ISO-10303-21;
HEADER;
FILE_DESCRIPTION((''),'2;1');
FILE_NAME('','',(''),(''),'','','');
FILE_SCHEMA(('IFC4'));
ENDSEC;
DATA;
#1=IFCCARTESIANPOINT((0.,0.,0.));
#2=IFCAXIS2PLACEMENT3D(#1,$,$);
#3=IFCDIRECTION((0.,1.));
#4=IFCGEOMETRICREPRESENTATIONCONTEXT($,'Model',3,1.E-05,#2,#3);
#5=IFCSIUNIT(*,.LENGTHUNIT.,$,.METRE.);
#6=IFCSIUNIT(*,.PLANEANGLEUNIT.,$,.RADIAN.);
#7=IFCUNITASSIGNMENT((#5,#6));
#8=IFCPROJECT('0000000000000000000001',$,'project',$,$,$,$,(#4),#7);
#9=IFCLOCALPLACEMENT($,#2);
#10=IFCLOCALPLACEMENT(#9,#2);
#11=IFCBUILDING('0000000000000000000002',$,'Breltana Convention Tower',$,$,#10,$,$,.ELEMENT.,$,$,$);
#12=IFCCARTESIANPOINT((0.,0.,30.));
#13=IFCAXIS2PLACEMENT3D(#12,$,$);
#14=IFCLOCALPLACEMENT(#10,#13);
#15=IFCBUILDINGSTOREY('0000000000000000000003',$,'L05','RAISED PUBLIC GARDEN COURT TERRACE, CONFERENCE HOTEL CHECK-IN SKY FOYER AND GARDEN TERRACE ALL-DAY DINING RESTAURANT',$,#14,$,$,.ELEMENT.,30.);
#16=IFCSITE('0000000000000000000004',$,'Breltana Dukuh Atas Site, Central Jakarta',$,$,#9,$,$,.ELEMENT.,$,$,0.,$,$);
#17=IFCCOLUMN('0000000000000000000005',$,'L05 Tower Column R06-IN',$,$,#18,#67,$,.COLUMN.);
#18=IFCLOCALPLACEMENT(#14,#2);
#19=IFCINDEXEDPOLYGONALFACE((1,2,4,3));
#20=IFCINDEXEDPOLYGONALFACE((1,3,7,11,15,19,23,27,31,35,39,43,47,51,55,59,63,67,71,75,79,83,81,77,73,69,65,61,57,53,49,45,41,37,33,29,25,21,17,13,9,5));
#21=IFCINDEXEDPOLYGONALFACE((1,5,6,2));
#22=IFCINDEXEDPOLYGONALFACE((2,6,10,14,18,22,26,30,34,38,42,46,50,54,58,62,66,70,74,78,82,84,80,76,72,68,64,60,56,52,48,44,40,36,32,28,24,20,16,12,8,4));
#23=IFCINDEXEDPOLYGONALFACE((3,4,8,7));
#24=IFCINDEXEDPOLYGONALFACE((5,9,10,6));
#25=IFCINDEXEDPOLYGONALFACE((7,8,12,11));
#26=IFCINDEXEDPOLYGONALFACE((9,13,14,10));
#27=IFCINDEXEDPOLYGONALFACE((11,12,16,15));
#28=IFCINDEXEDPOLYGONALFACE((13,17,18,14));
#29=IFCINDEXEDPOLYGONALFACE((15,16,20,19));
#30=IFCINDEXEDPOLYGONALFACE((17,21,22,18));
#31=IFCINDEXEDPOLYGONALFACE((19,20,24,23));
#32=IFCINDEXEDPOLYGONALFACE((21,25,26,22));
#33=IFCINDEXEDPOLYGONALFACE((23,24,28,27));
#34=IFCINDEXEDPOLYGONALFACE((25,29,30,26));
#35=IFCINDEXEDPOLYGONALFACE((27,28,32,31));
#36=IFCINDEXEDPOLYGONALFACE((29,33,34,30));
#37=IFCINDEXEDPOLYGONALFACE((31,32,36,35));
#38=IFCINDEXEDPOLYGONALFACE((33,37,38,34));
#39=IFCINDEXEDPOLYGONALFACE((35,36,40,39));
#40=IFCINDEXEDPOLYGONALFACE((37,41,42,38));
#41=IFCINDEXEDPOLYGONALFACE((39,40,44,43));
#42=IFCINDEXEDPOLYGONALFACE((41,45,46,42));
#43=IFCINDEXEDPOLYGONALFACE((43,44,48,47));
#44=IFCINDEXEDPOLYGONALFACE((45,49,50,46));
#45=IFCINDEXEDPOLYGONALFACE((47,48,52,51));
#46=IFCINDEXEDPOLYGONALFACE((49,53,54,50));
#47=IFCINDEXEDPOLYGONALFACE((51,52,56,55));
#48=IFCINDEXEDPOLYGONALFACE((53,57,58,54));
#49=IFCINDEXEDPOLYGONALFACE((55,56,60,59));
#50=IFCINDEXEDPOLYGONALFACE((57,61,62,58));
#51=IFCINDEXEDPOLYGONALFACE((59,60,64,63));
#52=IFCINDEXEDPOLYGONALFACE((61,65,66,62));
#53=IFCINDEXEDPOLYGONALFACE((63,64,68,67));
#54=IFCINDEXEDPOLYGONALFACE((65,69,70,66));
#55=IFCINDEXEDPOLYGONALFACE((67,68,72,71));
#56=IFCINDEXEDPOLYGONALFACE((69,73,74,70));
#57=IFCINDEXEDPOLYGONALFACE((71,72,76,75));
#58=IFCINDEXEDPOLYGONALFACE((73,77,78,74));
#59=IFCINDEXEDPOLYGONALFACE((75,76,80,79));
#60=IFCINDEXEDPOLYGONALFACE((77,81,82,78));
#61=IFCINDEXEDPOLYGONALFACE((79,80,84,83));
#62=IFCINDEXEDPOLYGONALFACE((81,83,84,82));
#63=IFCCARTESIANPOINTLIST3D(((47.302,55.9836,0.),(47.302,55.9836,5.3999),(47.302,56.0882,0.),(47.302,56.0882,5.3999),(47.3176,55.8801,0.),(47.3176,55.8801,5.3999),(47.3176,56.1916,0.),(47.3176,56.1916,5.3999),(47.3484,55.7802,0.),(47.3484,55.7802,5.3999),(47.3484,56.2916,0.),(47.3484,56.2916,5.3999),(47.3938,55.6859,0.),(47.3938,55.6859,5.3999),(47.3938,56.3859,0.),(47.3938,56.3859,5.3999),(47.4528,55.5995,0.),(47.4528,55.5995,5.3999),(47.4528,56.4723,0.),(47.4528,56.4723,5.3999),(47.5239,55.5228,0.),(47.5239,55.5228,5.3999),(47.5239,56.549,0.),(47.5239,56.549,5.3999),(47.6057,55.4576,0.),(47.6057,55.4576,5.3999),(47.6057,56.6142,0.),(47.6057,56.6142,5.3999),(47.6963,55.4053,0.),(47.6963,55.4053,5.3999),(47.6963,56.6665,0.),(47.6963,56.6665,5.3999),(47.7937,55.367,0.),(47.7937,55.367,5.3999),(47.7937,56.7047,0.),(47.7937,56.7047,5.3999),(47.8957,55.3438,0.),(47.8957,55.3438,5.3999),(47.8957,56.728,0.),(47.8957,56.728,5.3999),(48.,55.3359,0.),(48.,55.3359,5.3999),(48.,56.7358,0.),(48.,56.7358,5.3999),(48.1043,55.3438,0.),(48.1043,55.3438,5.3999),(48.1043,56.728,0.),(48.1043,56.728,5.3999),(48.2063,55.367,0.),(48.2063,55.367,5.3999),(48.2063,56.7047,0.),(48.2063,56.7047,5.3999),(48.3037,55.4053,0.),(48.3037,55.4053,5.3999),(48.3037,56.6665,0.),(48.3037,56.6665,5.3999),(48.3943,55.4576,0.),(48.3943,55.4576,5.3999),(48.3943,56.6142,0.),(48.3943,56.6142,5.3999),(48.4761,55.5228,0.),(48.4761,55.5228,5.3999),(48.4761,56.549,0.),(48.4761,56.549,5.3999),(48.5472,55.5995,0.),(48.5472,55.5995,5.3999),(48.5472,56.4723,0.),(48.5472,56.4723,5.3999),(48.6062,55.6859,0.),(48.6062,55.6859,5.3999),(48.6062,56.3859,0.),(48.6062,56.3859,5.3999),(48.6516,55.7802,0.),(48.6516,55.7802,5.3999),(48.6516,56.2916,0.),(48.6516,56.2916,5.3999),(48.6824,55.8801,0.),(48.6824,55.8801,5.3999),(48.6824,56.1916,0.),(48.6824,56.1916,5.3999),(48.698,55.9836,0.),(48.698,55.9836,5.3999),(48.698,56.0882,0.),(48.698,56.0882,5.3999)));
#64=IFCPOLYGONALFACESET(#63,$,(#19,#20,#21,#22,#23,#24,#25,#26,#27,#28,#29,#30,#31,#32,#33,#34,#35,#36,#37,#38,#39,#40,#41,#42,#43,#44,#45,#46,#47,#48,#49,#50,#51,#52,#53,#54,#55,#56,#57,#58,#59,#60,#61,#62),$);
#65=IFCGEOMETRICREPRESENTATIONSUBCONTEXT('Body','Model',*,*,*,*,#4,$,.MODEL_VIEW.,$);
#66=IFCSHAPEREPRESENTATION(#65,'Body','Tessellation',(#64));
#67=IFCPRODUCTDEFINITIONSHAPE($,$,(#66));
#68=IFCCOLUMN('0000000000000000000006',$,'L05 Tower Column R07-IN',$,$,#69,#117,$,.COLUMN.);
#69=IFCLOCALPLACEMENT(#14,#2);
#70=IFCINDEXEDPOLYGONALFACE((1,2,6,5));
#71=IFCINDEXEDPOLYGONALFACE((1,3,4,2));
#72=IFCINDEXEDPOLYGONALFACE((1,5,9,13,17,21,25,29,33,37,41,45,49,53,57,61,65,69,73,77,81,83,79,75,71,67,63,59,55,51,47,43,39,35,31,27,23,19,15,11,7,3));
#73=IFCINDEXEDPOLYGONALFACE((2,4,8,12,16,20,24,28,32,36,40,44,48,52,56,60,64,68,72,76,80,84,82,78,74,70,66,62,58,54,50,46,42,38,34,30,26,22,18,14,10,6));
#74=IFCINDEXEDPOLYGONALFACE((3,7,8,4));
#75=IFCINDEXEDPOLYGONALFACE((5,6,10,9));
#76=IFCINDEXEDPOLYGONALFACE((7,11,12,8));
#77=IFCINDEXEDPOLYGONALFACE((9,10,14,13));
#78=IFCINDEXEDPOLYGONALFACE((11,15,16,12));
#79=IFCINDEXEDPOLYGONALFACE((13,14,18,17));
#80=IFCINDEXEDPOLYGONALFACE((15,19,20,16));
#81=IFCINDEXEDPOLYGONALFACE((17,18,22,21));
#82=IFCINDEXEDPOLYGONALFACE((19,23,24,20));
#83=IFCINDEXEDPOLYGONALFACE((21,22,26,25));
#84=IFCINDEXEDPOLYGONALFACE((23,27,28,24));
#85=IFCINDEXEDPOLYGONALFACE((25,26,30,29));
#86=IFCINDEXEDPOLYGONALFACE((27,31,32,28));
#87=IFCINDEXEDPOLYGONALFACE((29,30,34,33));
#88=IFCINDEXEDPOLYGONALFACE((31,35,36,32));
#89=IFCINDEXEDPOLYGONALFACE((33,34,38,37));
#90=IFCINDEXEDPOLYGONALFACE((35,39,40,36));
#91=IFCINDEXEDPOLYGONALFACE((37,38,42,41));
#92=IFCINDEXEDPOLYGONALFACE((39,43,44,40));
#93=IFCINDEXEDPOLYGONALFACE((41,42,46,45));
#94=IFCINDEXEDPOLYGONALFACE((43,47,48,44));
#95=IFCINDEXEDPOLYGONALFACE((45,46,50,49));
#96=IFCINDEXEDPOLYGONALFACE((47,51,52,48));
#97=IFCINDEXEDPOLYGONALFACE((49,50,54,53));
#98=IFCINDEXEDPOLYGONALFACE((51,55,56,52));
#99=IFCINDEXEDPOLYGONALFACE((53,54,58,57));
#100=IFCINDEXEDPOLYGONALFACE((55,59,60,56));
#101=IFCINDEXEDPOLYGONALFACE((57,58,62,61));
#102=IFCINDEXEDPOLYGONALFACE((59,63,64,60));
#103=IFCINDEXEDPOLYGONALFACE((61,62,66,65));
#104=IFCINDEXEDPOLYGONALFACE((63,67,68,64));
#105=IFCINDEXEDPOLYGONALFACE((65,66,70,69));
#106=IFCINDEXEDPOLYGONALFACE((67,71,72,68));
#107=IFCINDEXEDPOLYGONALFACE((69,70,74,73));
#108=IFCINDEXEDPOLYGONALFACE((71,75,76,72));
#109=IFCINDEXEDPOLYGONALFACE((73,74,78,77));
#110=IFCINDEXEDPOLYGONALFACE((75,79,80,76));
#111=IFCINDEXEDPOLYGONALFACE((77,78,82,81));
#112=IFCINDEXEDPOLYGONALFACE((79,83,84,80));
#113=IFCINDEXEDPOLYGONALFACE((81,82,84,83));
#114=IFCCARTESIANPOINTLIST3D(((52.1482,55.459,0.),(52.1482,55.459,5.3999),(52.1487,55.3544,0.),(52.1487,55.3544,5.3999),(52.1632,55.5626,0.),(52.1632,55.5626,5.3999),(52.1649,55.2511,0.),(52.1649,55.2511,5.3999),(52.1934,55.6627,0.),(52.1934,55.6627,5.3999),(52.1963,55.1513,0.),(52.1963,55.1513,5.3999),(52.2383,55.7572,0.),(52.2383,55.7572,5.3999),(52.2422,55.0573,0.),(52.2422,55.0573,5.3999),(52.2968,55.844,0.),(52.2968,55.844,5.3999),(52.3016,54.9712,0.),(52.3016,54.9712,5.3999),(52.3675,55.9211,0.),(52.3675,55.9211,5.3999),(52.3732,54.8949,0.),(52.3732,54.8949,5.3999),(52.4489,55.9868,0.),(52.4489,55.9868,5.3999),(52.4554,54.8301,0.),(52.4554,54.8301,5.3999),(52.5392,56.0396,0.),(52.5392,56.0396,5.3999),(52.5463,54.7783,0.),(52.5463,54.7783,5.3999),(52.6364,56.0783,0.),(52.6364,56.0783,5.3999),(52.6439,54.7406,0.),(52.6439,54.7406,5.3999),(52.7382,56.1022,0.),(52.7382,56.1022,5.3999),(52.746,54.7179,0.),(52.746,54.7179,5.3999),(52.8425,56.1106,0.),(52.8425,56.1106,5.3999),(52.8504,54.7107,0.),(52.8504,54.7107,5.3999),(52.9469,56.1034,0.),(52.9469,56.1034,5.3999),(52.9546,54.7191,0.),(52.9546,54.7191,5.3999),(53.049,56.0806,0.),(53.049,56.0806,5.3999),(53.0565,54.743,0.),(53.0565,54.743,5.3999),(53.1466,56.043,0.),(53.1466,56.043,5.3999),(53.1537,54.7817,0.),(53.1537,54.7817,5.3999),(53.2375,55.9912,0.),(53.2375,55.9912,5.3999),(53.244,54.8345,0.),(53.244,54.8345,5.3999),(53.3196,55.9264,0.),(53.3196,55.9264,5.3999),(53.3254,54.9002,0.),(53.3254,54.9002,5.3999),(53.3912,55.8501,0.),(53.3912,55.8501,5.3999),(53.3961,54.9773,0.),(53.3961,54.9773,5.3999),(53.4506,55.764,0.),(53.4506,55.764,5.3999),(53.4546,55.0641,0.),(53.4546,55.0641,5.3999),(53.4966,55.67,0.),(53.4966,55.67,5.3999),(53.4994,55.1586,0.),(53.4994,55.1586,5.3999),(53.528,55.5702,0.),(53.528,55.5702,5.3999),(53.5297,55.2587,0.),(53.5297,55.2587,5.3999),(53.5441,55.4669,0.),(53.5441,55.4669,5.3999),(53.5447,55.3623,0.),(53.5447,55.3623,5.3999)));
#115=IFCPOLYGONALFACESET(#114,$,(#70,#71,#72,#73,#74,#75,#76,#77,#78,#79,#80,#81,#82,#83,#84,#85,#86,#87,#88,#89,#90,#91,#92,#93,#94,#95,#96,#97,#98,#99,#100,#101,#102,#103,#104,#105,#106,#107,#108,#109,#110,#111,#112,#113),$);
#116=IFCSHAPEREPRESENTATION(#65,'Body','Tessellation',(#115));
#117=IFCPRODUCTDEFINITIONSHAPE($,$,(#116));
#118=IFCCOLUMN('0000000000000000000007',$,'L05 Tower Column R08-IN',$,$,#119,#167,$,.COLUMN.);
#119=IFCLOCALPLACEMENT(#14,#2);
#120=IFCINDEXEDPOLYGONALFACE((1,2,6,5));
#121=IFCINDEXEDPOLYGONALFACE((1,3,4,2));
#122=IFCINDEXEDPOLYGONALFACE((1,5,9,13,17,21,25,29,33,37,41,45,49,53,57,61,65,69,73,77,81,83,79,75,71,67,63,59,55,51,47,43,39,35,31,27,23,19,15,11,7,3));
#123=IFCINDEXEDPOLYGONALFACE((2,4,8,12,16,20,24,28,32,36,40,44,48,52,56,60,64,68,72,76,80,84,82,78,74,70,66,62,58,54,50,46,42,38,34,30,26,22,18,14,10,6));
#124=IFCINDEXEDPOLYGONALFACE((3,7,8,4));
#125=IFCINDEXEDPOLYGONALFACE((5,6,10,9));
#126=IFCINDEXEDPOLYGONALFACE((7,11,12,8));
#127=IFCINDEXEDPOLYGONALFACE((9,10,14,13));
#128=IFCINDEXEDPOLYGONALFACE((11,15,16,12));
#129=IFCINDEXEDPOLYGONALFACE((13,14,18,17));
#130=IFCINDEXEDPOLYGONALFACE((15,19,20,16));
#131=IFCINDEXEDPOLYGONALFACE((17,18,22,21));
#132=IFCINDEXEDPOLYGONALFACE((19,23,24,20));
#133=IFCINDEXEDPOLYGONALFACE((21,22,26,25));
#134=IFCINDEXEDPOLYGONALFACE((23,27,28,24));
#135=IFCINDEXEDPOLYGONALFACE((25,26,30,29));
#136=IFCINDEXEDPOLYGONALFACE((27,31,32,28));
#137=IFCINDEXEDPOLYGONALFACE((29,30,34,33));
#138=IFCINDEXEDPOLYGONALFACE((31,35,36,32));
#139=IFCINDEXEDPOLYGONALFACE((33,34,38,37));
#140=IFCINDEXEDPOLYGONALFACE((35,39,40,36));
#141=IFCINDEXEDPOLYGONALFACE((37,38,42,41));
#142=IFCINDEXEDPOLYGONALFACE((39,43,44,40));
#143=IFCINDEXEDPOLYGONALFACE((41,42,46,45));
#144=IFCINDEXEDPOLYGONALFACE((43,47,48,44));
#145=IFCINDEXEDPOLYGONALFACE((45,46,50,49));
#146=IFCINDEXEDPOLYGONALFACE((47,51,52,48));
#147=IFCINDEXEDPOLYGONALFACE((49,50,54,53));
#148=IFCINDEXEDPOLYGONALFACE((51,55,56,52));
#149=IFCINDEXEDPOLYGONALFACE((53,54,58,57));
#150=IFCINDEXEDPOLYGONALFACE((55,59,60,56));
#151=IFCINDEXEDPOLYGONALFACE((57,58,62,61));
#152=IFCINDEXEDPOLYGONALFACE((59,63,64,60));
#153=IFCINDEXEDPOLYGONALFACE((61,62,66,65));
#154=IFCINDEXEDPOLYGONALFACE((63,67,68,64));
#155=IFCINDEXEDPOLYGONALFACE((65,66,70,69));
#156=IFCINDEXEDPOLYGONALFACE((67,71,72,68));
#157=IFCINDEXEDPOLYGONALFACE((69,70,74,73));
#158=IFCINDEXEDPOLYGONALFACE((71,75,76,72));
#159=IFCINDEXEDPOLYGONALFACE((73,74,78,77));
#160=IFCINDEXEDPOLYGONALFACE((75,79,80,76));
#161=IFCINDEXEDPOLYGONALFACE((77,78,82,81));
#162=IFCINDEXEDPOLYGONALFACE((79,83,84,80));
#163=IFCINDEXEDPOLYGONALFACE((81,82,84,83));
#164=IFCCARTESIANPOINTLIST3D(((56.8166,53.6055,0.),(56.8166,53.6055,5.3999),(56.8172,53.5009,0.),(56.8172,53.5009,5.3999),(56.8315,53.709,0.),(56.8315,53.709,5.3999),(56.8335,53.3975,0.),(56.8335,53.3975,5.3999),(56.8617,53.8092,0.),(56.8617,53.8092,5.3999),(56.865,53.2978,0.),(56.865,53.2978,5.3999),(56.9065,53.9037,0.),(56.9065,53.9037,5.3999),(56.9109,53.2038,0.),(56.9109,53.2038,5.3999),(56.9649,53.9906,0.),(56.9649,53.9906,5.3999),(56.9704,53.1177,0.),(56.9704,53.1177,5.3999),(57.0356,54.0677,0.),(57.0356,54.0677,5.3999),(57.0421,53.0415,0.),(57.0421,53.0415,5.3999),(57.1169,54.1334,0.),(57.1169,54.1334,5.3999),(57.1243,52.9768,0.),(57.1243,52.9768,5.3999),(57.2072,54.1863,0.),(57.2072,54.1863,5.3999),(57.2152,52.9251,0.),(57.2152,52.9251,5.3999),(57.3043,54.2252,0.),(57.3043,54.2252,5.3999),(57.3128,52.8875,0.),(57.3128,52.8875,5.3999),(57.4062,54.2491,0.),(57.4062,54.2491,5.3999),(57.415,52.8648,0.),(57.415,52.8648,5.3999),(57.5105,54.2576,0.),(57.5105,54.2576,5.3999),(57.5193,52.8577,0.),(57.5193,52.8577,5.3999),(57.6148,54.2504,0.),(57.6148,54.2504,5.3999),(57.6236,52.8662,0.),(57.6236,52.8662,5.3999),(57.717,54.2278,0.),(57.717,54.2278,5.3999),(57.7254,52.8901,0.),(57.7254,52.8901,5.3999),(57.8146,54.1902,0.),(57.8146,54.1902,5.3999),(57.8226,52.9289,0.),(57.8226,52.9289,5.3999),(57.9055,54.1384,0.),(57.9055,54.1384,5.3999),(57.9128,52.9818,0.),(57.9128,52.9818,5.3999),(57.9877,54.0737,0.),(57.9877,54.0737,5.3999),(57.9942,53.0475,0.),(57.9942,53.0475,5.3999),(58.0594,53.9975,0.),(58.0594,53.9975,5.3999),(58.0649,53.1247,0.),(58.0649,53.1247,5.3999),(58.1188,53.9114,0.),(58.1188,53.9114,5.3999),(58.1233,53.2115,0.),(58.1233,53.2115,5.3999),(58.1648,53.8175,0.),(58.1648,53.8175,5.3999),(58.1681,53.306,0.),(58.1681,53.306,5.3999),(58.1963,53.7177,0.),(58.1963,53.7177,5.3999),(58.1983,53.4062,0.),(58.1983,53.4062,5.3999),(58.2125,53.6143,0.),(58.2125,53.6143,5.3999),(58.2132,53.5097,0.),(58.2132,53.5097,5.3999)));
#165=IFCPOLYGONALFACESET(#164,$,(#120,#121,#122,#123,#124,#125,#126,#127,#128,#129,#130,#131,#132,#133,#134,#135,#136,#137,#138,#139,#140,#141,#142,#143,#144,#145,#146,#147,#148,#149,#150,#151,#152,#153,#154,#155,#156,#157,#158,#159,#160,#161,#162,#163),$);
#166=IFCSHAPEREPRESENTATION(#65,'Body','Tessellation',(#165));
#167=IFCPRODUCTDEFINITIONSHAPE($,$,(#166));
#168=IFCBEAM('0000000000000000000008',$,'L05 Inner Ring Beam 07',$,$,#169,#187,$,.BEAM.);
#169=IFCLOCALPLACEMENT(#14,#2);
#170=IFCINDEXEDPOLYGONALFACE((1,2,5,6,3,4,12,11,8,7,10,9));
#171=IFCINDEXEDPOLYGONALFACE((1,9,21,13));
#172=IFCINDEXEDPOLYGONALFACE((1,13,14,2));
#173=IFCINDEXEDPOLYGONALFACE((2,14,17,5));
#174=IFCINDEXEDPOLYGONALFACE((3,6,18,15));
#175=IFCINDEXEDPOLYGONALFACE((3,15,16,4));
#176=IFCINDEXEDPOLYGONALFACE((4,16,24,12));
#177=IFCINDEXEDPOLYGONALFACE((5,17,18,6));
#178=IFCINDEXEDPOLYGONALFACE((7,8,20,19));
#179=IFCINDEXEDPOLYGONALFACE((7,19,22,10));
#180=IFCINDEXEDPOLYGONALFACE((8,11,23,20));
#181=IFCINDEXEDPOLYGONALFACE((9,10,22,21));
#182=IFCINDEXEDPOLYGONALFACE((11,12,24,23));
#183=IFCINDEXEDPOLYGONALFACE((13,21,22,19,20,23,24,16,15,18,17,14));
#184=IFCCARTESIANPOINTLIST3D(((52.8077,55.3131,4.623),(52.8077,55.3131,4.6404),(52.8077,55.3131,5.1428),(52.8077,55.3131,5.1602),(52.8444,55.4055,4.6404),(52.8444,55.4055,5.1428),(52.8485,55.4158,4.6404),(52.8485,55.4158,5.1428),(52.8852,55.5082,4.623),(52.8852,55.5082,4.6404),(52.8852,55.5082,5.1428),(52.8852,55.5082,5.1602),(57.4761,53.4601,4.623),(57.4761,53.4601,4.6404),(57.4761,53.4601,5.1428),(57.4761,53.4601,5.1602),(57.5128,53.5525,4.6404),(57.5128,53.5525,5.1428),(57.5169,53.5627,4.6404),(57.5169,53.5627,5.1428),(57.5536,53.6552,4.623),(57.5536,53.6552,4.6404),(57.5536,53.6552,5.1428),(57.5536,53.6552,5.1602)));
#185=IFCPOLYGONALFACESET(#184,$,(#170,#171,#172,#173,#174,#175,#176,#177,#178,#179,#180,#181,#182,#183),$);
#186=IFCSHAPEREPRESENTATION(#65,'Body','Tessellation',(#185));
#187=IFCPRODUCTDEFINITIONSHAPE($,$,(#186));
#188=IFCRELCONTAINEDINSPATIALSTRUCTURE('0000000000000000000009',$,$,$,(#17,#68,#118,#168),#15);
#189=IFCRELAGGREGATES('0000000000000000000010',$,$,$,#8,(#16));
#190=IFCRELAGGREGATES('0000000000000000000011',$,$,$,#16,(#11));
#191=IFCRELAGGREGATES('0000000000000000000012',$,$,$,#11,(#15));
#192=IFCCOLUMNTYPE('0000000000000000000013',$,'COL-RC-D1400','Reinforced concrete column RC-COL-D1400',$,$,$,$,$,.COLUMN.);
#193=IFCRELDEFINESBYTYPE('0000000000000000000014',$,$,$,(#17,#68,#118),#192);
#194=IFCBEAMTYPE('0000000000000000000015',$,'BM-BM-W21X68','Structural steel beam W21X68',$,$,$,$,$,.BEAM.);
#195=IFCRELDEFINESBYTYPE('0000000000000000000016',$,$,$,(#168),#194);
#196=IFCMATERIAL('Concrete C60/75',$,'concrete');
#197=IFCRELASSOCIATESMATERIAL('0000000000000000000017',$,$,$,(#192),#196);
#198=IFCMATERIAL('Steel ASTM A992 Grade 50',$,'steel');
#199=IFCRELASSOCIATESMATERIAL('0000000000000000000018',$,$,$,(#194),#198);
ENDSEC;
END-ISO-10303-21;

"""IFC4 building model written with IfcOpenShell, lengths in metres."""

from ifc_helpers import new_model, si_unit, direction, frame, origin, origin_2d, place, context, subcontext, project, spatial, circle, i_section, extrude, source, transform, mapped, material, material_profile, profile_set, type_object, type_shapes, element, save


model = new_model("IFC4")

# Units and contexts
model_context = context("Model", 3, precision=1e-05, world=origin(), true_north=direction((0.0, 1.0)))
body_context = subcontext(model_context, "Body", "Model", "MODEL_VIEW")
ifc_project = project(units=[si_unit("LENGTHUNIT", "METRE"), si_unit("PLANEANGLEUNIT", "RADIAN")], contexts=[model_context])

# Site, building, storey
site_placement = place(None, origin())
site = spatial("IfcSite", under=ifc_project, at=site_placement, Name="Breltana Dukuh Atas Site, Central Jakarta", CompositionType="ELEMENT", RefElevation=0.0)
building_placement = place(site_placement, origin())
building = spatial("IfcBuilding", under=site, at=building_placement, Name="Breltana Convention Tower", CompositionType="ELEMENT")
storey_placement = place(building_placement, frame((0.0, 0.0, 30.0)))
storey = spatial("IfcBuildingStorey", under=building, at=storey_placement, Name="L05", Description="RAISED PUBLIC GARDEN COURT TERRACE, CONFERENCE HOTEL CHECK-IN SKY FOYER AND GARDEN TERRACE ALL-DAY DINING RESTAURANT", CompositionType="ELEMENT", Elevation=30.0)

# Columns
ifc_material_1 = material(Name="Concrete C60/75", Category="concrete")
ifc_material_profile_1 = material_profile(ifc_material_1, circle(Radius=0.7, at=origin_2d()), Name="RC-COL-D1400")
ifc_profile_set_1 = profile_set([ifc_material_profile_1], Name="Concrete C60/75")
column_type = type_object("IfcColumnType", Name="COL-RC-D1400", Description="Reinforced concrete column RC-COL-D1400", PredefinedType="COLUMN", material=ifc_profile_set_1)
shared_shape_1 = source(origin(), body_context, "Body", "SweptSolid", [
    extrude(circle(Radius=0.7, at=origin_2d()), origin(), (0.0, 0.0, 1.0), 5.3999),
])
type_shapes(column_type, [shared_shape_1])
for number, where, z_axis, x_axis, name in (
    (1, (48.0, 56.0359, 0.0), (0.0, 0.0, 1.0), (0.0, 1.0, 0.0), "L05 Tower Column R06-IN"),
    (2, (52.8464, 55.4106, 0.0), (0.0, 0.0, 1.0), (0.143493, 0.989651, 0.0), "L05 Tower Column R07-IN"),
    (3, (57.5149, 53.5576, 0.0), (0.0, 0.0, 1.0), (0.288698, 0.95742, 0.0), "L05 Tower Column R08-IN"),
):
    element("IfcColumn", number, at=place(storey_placement, frame(where, z_axis=z_axis, x_axis=x_axis)), inside=storey, type_object=column_type, Name=name, PredefinedType="COLUMN", context=body_context, shape_type="MappedRepresentation", body=[
        mapped(shared_shape_1, transform((0.0, 0.0, 0.0), scale=1.0)),
    ])

# Beam
ifc_material_2 = material(Name="Steel ASTM A992 Grade 50", Category="steel")
ifc_material_profile_2 = material_profile(ifc_material_2, i_section(OverallWidth=0.21, OverallDepth=0.5371, WebThickness=0.011, FlangeThickness=0.0173, at=origin_2d()), Name="W21X68")
ifc_profile_set_2 = profile_set([ifc_material_profile_2], Name="Steel ASTM A992 Grade 50")
beam_type_1 = type_object("IfcBeamType", Name="BM-BM-W21X68", Description="Structural steel beam W21X68", PredefinedType="BEAM", material=ifc_profile_set_2)
shared_shape_2 = source(origin(), body_context, "Body", "SweptSolid", [
    extrude(i_section(OverallWidth=0.21, OverallDepth=0.5371, WebThickness=0.011, FlangeThickness=0.0173, at=origin_2d()), origin(), (0.0, 0.0, 1.0), 5.0227),
])
beam_1_placement = place(storey_placement, frame((52.8464, 55.4106, 4.8916), z_axis=(0.929459, -0.368926, 0.0), x_axis=(0.368926, 0.929459, 0.0)))
element("IfcBeam", 4, at=beam_1_placement, inside=storey, type_object=beam_type_1, Name="L05 Inner Ring Beam 07", PredefinedType="BEAM", context=body_context, shape_type="MappedRepresentation", body=[
    mapped(shared_shape_2, transform((0.0, 0.0, 0.0), scale=1.0)),
])

save(model, "model.ifc")
